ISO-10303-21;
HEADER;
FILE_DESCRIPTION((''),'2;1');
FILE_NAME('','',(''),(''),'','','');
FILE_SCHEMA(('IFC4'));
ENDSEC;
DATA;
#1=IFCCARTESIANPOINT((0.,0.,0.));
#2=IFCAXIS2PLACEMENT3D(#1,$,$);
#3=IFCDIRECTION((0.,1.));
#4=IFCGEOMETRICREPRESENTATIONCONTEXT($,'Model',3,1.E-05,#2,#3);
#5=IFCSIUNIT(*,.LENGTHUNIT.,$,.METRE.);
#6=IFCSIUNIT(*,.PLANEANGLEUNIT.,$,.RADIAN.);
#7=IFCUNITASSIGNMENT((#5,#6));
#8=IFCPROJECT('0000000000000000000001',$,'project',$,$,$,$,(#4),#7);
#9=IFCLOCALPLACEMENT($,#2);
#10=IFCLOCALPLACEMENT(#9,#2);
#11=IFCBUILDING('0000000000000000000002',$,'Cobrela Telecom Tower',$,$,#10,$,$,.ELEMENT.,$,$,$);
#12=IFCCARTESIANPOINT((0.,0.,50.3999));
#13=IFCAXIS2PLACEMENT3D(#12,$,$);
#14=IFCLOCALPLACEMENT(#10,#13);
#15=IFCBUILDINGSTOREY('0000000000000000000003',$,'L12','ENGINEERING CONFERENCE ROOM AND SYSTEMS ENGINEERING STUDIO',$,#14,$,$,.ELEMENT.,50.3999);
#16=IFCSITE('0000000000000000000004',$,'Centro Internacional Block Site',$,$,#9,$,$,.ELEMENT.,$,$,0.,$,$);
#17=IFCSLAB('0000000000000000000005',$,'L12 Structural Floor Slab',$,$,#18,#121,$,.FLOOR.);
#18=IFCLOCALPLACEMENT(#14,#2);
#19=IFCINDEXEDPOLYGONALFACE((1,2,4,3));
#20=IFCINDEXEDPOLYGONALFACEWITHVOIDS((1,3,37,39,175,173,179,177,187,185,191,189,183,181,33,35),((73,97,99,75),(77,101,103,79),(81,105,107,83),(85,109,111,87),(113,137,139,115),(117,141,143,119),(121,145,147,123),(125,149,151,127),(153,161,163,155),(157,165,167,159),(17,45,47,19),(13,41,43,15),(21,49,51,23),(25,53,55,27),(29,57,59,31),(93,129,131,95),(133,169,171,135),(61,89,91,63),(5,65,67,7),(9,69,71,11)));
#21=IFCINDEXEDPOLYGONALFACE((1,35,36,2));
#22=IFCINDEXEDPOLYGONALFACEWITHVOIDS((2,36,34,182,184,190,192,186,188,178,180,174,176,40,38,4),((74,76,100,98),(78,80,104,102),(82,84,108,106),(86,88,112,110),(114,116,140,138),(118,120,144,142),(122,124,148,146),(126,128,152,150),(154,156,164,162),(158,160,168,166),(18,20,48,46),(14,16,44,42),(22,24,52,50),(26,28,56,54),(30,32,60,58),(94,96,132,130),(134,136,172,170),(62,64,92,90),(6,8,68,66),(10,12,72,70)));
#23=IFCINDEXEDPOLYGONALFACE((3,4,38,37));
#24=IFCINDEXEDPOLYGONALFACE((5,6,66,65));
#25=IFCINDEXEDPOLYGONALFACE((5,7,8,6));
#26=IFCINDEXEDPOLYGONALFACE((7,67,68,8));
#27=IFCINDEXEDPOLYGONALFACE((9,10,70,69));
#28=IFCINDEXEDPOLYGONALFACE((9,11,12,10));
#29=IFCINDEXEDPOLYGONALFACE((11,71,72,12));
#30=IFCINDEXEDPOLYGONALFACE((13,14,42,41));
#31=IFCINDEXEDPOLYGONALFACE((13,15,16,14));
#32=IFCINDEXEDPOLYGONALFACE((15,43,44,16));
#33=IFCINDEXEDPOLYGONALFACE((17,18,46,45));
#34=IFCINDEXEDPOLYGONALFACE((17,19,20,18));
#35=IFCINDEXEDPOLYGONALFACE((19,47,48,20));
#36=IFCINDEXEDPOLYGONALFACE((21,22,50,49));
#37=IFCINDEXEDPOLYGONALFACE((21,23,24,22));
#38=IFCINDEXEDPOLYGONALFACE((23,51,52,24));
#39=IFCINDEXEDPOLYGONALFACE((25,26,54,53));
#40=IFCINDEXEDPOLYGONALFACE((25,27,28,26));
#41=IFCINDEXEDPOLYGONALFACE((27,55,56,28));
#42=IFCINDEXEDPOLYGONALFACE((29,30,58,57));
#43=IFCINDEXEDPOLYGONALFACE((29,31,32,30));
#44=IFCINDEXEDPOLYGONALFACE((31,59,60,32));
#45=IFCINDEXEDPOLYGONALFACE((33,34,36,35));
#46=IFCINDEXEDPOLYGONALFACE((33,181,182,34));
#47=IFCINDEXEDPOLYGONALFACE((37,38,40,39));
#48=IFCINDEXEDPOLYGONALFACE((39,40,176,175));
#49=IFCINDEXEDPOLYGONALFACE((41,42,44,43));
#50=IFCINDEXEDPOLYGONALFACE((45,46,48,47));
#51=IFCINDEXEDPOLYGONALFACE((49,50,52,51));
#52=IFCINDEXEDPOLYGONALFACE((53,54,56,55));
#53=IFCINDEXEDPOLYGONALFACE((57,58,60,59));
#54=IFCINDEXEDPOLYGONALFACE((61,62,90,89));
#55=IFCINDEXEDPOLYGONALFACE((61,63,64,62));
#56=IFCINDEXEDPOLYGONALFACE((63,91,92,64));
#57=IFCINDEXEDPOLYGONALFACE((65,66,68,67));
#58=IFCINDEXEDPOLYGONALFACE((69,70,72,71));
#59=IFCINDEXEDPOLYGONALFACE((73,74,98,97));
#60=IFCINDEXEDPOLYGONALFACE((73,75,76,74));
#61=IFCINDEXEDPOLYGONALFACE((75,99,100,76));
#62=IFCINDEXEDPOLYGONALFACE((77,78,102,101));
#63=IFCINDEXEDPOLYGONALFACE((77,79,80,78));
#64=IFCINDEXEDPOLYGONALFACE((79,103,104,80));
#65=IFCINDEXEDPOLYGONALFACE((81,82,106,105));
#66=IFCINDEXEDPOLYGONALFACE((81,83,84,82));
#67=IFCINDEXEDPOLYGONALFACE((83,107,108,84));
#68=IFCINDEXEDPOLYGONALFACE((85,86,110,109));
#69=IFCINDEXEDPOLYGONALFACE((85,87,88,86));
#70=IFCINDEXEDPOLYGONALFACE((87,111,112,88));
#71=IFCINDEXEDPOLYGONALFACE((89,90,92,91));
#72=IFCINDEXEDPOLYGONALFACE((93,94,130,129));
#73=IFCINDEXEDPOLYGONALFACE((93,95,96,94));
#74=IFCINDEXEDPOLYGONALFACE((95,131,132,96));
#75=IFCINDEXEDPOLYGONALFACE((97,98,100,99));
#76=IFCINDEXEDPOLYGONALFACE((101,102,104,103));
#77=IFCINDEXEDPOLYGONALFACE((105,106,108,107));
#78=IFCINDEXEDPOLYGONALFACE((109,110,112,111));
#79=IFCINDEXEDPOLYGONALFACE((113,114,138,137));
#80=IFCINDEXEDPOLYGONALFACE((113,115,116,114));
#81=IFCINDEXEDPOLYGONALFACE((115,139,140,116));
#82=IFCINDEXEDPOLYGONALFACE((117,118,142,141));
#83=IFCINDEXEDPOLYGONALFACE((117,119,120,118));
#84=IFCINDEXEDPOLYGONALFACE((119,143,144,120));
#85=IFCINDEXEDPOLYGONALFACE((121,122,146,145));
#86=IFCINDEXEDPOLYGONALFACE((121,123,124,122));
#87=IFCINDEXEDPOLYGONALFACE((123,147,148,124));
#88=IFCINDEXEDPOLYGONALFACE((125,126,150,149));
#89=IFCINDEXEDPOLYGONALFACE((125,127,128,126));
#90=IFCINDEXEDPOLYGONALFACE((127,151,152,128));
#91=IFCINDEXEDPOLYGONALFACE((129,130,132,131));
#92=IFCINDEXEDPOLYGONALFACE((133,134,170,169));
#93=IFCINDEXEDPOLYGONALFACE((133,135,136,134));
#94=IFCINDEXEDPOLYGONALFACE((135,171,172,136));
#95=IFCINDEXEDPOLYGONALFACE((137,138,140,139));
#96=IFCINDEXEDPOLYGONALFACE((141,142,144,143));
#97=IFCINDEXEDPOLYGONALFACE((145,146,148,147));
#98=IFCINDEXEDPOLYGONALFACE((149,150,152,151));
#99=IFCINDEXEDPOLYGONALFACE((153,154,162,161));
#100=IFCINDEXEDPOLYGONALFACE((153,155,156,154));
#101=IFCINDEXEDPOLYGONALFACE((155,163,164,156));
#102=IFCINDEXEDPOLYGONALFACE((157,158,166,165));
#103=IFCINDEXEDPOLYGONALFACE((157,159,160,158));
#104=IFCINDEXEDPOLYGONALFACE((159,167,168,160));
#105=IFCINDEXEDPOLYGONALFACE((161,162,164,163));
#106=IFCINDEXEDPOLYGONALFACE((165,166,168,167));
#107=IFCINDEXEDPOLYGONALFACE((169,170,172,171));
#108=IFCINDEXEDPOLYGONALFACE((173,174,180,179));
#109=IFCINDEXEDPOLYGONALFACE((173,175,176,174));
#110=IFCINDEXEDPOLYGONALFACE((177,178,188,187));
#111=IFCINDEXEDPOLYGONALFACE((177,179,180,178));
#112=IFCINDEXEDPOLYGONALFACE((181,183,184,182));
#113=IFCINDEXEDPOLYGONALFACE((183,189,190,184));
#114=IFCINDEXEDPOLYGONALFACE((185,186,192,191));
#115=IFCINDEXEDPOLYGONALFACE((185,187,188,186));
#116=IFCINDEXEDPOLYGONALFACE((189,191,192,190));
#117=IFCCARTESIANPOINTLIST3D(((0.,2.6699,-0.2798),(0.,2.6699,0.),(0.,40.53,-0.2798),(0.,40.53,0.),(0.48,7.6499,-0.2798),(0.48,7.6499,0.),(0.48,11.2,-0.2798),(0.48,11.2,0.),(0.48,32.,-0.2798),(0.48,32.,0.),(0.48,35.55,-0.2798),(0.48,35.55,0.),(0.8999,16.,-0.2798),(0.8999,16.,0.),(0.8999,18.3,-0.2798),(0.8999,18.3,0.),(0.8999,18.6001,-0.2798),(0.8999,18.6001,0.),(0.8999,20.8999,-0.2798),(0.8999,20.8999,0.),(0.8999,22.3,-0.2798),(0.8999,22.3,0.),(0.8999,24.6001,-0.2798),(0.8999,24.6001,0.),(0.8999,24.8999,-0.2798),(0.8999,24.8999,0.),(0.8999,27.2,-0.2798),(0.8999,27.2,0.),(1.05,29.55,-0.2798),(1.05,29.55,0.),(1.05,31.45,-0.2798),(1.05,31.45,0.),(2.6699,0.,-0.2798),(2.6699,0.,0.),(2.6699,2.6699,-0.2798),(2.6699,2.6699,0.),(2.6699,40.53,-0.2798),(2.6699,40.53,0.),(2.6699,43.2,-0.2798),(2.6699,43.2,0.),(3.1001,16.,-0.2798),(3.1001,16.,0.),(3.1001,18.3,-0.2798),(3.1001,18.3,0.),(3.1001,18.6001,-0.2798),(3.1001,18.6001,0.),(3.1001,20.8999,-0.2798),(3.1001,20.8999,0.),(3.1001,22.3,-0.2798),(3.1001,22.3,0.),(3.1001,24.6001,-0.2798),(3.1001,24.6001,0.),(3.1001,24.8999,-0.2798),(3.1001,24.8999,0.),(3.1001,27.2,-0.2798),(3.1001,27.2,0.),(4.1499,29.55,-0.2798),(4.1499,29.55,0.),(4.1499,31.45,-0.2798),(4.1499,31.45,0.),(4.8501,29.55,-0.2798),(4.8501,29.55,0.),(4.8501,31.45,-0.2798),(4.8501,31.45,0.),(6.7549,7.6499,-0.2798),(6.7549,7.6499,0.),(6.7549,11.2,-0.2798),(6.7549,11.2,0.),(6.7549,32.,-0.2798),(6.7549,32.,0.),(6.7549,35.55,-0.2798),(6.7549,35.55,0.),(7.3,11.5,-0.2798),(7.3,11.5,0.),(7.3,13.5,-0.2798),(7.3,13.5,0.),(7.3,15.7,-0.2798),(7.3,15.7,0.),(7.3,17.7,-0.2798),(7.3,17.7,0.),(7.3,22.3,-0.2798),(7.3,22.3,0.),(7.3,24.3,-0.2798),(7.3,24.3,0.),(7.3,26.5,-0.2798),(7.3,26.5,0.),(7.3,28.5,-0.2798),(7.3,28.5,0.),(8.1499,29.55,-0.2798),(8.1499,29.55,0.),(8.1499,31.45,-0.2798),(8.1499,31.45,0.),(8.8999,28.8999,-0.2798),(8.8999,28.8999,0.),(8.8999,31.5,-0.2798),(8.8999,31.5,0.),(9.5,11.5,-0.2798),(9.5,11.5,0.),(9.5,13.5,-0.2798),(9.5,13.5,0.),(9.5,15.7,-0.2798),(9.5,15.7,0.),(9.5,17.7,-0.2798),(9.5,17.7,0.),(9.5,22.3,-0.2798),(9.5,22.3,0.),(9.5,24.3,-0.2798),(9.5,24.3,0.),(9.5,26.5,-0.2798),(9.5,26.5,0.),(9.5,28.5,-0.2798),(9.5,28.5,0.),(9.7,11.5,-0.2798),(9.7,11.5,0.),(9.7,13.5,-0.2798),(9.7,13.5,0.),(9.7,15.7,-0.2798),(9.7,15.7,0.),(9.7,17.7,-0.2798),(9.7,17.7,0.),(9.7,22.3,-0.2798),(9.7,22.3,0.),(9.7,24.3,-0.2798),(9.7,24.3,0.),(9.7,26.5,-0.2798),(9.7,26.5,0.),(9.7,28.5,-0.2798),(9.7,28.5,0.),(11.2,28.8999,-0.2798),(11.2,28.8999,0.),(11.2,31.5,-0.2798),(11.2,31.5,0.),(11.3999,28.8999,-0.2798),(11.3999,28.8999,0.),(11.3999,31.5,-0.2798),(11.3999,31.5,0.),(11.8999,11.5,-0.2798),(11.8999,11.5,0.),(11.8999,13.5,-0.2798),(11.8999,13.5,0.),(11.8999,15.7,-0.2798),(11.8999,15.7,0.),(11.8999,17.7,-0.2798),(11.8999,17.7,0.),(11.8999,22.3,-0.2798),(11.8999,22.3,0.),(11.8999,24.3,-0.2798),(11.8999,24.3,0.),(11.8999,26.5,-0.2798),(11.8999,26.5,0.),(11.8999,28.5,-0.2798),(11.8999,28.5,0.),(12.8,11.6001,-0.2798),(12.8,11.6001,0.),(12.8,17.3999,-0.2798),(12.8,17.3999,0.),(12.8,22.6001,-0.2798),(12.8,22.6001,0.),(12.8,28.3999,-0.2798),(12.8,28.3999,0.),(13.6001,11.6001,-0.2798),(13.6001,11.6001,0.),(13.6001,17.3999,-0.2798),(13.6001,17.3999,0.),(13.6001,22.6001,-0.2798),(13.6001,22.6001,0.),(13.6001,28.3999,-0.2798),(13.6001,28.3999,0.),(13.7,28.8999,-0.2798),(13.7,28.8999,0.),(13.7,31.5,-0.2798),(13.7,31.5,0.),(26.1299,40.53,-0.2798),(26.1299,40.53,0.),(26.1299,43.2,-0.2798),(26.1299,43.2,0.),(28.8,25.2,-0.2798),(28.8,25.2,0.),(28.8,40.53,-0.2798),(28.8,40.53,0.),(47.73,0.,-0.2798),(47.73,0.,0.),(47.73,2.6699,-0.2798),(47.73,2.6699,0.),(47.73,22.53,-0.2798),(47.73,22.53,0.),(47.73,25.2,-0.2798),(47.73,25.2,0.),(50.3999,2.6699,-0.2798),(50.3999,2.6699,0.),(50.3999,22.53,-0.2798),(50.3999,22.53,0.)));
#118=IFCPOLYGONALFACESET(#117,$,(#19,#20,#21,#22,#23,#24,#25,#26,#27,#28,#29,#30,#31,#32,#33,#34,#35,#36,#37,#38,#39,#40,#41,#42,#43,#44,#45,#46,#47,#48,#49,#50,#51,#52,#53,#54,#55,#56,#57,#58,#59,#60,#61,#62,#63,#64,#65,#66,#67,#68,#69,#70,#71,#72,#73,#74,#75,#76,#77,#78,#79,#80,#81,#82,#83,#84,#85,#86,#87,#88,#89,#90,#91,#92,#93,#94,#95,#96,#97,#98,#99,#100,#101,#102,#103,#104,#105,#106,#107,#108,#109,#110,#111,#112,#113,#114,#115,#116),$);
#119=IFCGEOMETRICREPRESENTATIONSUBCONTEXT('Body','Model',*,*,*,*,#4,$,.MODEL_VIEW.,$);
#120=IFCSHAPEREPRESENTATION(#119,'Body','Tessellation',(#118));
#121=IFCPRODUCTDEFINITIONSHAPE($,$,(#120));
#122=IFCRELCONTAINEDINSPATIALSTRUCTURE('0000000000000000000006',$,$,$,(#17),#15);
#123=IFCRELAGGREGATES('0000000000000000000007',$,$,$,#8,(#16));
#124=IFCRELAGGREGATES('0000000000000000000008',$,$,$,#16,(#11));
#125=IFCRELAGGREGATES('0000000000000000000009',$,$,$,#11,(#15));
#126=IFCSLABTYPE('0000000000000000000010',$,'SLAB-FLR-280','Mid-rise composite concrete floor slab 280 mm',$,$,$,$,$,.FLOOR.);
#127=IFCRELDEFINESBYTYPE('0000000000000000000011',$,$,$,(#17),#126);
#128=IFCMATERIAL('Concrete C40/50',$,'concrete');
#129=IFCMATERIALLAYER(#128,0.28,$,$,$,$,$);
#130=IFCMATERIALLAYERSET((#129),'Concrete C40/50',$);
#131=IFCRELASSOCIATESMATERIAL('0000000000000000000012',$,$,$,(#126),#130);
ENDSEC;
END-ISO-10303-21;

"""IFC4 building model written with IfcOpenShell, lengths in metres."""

from ifc_helpers import new_model, si_unit, direction, frame, origin, place, context, subcontext, project, spatial, polyline, outline, extrude, material, layer, layer_set, type_object, element, save


model = new_model("IFC4")

# Units and contexts
model_context = context("Model", 3, precision=1e-05, world=origin(), true_north=direction((0.0, 1.0)))
body_context = subcontext(model_context, "Body", "Model", "MODEL_VIEW")
ifc_project = project(units=[si_unit("LENGTHUNIT", "METRE"), si_unit("PLANEANGLEUNIT", "RADIAN")], contexts=[model_context])

# Site, building, storey
site_placement = place(None, origin())
site = spatial("IfcSite", under=ifc_project, at=site_placement, Name="Centro Internacional Block Site", CompositionType="ELEMENT", RefElevation=0.0)
building_placement = place(site_placement, origin())
building = spatial("IfcBuilding", under=site, at=building_placement, Name="Cobrela Telecom Tower", CompositionType="ELEMENT")
storey_placement = place(building_placement, frame((0.0, 0.0, 50.3999)))
storey = spatial("IfcBuildingStorey", under=building, at=storey_placement, Name="L12", Description="ENGINEERING CONFERENCE ROOM AND SYSTEMS ENGINEERING STUDIO", CompositionType="ELEMENT", Elevation=50.3999)

# Slab, openings
ifc_material_1 = material(Name="Concrete C40/50", Category="concrete")
ifc_layer_1 = layer(ifc_material_1, 0.28)
ifc_layer_set_1 = layer_set([ifc_layer_1], Name="Concrete C40/50")
slab_type_1 = type_object("IfcSlabType", Name="SLAB-FLR-280", Description="Mid-rise composite concrete floor slab 280 mm", PredefinedType="FLOOR", material=ifc_layer_set_1)
slab_1_placement = place(storey_placement, frame((0.0, 0.0, -0.2798)))
slab_1 = element("IfcSlab", 1, at=slab_1_placement, inside=storey, type_object=slab_type_1, Name="L12 Structural Floor Slab", PredefinedType="FLOOR", context=body_context, shape_type="SweptSolid", body=[
    extrude(outline(polyline([(2.6699, 0.0), (47.73, 0.0), (47.73, 2.6699), (50.3999, 2.6699), (50.3999, 22.53), (47.73, 22.53), (47.73, 25.2), (28.8, 25.2), (28.8, 40.53), (26.1299, 40.53), (26.1299, 43.2), (2.6699, 43.2), (2.6699, 40.53), (0.0, 40.53), (0.0, 2.6699), (2.6699, 2.6699), (2.6699, 0.0)])), origin(), (0.0, 0.0, 1.0), 0.2798),
])
opening_1_placement = place(slab_1_placement, frame((0.0, 0.0, -0.02)))
element("IfcOpeningElement", 2, at=opening_1_placement, cuts=slab_1, PredefinedType="OPENING", context=body_context, shape_type="SweptSolid", body=[
    extrude(outline(polyline([(8.8999, 28.8999), (11.2, 28.8999), (11.2, 31.5), (8.8999, 31.5), (8.8999, 28.8999)])), origin(), (0.0, 0.0, 1.0), 0.3198),
])
opening_2_placement = place(slab_1_placement, frame((0.0, 0.0, -0.02)))
element("IfcOpeningElement", 3, at=opening_2_placement, cuts=slab_1, PredefinedType="OPENING", context=body_context, shape_type="SweptSolid", body=[
    extrude(outline(polyline([(11.3999, 28.8999), (13.7, 28.8999), (13.7, 31.5), (11.3999, 31.5), (11.3999, 28.8999)])), origin(), (0.0, 0.0, 1.0), 0.3198),
])
opening_3_placement = place(slab_1_placement, frame((0.0, 0.0, -0.02)))
element("IfcOpeningElement", 4, at=opening_3_placement, cuts=slab_1, PredefinedType="OPENING", context=body_context, shape_type="SweptSolid", body=[
    extrude(outline(polyline([(7.3, 22.3), (9.5, 22.3), (9.5, 24.3), (7.3, 24.3), (7.3, 22.3)])), origin(), (0.0, 0.0, 1.0), 0.3198),
])
opening_4_placement = place(slab_1_placement, frame((0.0, 0.0, -0.02)))
element("IfcOpeningElement", 5, at=opening_4_placement, cuts=slab_1, PredefinedType="OPENING", context=body_context, shape_type="SweptSolid", body=[
    extrude(outline(polyline([(9.7, 22.3), (11.8999, 22.3), (11.8999, 24.3), (9.7, 24.3), (9.7, 22.3)])), origin(), (0.0, 0.0, 1.0), 0.3198),
])
opening_5_placement = place(slab_1_placement, frame((0.0, 0.0, -0.02)))
element("IfcOpeningElement", 6, at=opening_5_placement, cuts=slab_1, PredefinedType="OPENING", context=body_context, shape_type="SweptSolid", body=[
    extrude(outline(polyline([(7.3, 26.5), (9.5, 26.5), (9.5, 28.5), (7.3, 28.5), (7.3, 26.5)])), origin(), (0.0, 0.0, 1.0), 0.3198),
])
opening_6_placement = place(slab_1_placement, frame((0.0, 0.0, -0.02)))
element("IfcOpeningElement", 7, at=opening_6_placement, cuts=slab_1, PredefinedType="OPENING", context=body_context, shape_type="SweptSolid", body=[
    extrude(outline(polyline([(9.7, 26.5), (11.8999, 26.5), (11.8999, 28.5), (9.7, 28.5), (9.7, 26.5)])), origin(), (0.0, 0.0, 1.0), 0.3198),
])
opening_7_placement = place(slab_1_placement, frame((0.0, 0.0, -0.02)))
element("IfcOpeningElement", 8, at=opening_7_placement, cuts=slab_1, PredefinedType="OPENING", context=body_context, shape_type="SweptSolid", body=[
    extrude(outline(polyline([(7.3, 15.7), (9.5, 15.7), (9.5, 17.7), (7.3, 17.7), (7.3, 15.7)])), origin(), (0.0, 0.0, 1.0), 0.3198),
])
opening_8_placement = place(slab_1_placement, frame((0.0, 0.0, -0.02)))
element("IfcOpeningElement", 9, at=opening_8_placement, cuts=slab_1, PredefinedType="OPENING", context=body_context, shape_type="SweptSolid", body=[
    extrude(outline(polyline([(9.7, 15.7), (11.8999, 15.7), (11.8999, 17.7), (9.7, 17.7), (9.7, 15.7)])), origin(), (0.0, 0.0, 1.0), 0.3198),
])
opening_9_placement = place(slab_1_placement, frame((0.0, 0.0, -0.02)))
element("IfcOpeningElement", 10, at=opening_9_placement, cuts=slab_1, PredefinedType="OPENING", context=body_context, shape_type="SweptSolid", body=[
    extrude(outline(polyline([(7.3, 11.5), (9.5, 11.5), (9.5, 13.5), (7.3, 13.5), (7.3, 11.5)])), origin(), (0.0, 0.0, 1.0), 0.3198),
])
opening_10_placement = place(slab_1_placement, frame((0.0, 0.0, -0.02)))
element("IfcOpeningElement", 11, at=opening_10_placement, cuts=slab_1, PredefinedType="OPENING", context=body_context, shape_type="SweptSolid", body=[
    extrude(outline(polyline([(9.7, 11.5), (11.8999, 11.5), (11.8999, 13.5), (9.7, 13.5), (9.7, 11.5)])), origin(), (0.0, 0.0, 1.0), 0.3198),
])
opening_11_placement = place(slab_1_placement, frame((0.0, 0.0, -0.02)))
element("IfcOpeningElement", 12, at=opening_11_placement, cuts=slab_1, PredefinedType="OPENING", context=body_context, shape_type="SweptSolid", body=[
    extrude(outline(polyline([(0.8999, 16.0), (3.1001, 16.0), (3.1001, 18.3), (0.8999, 18.3), (0.8999, 16.0)])), origin(), (0.0, 0.0, 1.0), 0.3198),
])
opening_12_placement = place(slab_1_placement, frame((0.0, 0.0, -0.02)))
element("IfcOpeningElement", 13, at=opening_12_placement, cuts=slab_1, PredefinedType="OPENING", context=body_context, shape_type="SweptSolid", body=[
    extrude(outline(polyline([(0.8999, 18.6001), (3.1001, 18.6001), (3.1001, 20.8999), (0.8999, 20.8999), (0.8999, 18.6001)])), origin(), (0.0, 0.0, 1.0), 0.3198),
])
opening_13_placement = place(slab_1_placement, frame((0.0, 0.0, -0.02)))
element("IfcOpeningElement", 14, at=opening_13_placement, cuts=slab_1, PredefinedType="OPENING", context=body_context, shape_type="SweptSolid", body=[
    extrude(outline(polyline([(0.8999, 22.3), (3.1001, 22.3), (3.1001, 24.6001), (0.8999, 24.6001), (0.8999, 22.3)])), origin(), (0.0, 0.0, 1.0), 0.3198),
])
opening_14_placement = place(slab_1_placement, frame((0.0, 0.0, -0.02)))
element("IfcOpeningElement", 15, at=opening_14_placement, cuts=slab_1, PredefinedType="OPENING", context=body_context, shape_type="SweptSolid", body=[
    extrude(outline(polyline([(0.8999, 24.8999), (3.1001, 24.8999), (3.1001, 27.2), (0.8999, 27.2), (0.8999, 24.8999)])), origin(), (0.0, 0.0, 1.0), 0.3198),
])
opening_15_placement = place(slab_1_placement, frame((0.0, 0.0, -0.02)))
element("IfcOpeningElement", 16, at=opening_15_placement, cuts=slab_1, PredefinedType="OPENING", context=body_context, shape_type="SweptSolid", body=[
    extrude(outline(polyline([(1.05, 29.55), (4.1499, 29.55), (4.1499, 31.45), (1.05, 31.45), (1.05, 29.55)])), origin(), (0.0, 0.0, 1.0), 0.3198),
])
opening_16_placement = place(slab_1_placement, frame((0.0, 0.0, -0.02)))
element("IfcOpeningElement", 17, at=opening_16_placement, cuts=slab_1, PredefinedType="OPENING", context=body_context, shape_type="SweptSolid", body=[
    extrude(outline(polyline([(4.8501, 29.55), (8.1499, 29.55), (8.1499, 31.45), (4.8501, 31.45), (4.8501, 29.55)])), origin(), (0.0, 0.0, 1.0), 0.3198),
])
opening_17_placement = place(slab_1_placement, frame((0.0, 0.0, -0.02)))
element("IfcOpeningElement", 18, at=opening_17_placement, cuts=slab_1, PredefinedType="OPENING", context=body_context, shape_type="SweptSolid", body=[
    extrude(outline(polyline([(12.8, 22.6001), (13.6001, 22.6001), (13.6001, 28.3999), (12.8, 28.3999), (12.8, 22.6001)])), origin(), (0.0, 0.0, 1.0), 0.3198),
])
opening_18_placement = place(slab_1_placement, frame((0.0, 0.0, -0.02)))
element("IfcOpeningElement", 19, at=opening_18_placement, cuts=slab_1, PredefinedType="OPENING", context=body_context, shape_type="SweptSolid", body=[
    extrude(outline(polyline([(12.8, 11.6001), (13.6001, 11.6001), (13.6001, 17.3999), (12.8, 17.3999), (12.8, 11.6001)])), origin(), (0.0, 0.0, 1.0), 0.3198),
])
opening_19_placement = place(slab_1_placement, frame((0.0, 0.0, -0.02)))
element("IfcOpeningElement", 20, at=opening_19_placement, cuts=slab_1, PredefinedType="OPENING", context=body_context, shape_type="SweptSolid", body=[
    extrude(outline(polyline([(6.7549, 35.55), (0.48, 35.55), (0.48, 32.0), (6.7549, 32.0), (6.7549, 35.55)])), origin(), (0.0, 0.0, 1.0), 0.3198),
])
opening_20_placement = place(slab_1_placement, frame((0.0, 0.0, -0.02)))
element("IfcOpeningElement", 21, at=opening_20_placement, cuts=slab_1, PredefinedType="OPENING", context=body_context, shape_type="SweptSolid", body=[
    extrude(outline(polyline([(6.7549, 11.2), (0.48, 11.2), (0.48, 7.6499), (6.7549, 7.6499), (6.7549, 11.2)])), origin(), (0.0, 0.0, 1.0), 0.3198),
])

save(model, "model.ifc")
